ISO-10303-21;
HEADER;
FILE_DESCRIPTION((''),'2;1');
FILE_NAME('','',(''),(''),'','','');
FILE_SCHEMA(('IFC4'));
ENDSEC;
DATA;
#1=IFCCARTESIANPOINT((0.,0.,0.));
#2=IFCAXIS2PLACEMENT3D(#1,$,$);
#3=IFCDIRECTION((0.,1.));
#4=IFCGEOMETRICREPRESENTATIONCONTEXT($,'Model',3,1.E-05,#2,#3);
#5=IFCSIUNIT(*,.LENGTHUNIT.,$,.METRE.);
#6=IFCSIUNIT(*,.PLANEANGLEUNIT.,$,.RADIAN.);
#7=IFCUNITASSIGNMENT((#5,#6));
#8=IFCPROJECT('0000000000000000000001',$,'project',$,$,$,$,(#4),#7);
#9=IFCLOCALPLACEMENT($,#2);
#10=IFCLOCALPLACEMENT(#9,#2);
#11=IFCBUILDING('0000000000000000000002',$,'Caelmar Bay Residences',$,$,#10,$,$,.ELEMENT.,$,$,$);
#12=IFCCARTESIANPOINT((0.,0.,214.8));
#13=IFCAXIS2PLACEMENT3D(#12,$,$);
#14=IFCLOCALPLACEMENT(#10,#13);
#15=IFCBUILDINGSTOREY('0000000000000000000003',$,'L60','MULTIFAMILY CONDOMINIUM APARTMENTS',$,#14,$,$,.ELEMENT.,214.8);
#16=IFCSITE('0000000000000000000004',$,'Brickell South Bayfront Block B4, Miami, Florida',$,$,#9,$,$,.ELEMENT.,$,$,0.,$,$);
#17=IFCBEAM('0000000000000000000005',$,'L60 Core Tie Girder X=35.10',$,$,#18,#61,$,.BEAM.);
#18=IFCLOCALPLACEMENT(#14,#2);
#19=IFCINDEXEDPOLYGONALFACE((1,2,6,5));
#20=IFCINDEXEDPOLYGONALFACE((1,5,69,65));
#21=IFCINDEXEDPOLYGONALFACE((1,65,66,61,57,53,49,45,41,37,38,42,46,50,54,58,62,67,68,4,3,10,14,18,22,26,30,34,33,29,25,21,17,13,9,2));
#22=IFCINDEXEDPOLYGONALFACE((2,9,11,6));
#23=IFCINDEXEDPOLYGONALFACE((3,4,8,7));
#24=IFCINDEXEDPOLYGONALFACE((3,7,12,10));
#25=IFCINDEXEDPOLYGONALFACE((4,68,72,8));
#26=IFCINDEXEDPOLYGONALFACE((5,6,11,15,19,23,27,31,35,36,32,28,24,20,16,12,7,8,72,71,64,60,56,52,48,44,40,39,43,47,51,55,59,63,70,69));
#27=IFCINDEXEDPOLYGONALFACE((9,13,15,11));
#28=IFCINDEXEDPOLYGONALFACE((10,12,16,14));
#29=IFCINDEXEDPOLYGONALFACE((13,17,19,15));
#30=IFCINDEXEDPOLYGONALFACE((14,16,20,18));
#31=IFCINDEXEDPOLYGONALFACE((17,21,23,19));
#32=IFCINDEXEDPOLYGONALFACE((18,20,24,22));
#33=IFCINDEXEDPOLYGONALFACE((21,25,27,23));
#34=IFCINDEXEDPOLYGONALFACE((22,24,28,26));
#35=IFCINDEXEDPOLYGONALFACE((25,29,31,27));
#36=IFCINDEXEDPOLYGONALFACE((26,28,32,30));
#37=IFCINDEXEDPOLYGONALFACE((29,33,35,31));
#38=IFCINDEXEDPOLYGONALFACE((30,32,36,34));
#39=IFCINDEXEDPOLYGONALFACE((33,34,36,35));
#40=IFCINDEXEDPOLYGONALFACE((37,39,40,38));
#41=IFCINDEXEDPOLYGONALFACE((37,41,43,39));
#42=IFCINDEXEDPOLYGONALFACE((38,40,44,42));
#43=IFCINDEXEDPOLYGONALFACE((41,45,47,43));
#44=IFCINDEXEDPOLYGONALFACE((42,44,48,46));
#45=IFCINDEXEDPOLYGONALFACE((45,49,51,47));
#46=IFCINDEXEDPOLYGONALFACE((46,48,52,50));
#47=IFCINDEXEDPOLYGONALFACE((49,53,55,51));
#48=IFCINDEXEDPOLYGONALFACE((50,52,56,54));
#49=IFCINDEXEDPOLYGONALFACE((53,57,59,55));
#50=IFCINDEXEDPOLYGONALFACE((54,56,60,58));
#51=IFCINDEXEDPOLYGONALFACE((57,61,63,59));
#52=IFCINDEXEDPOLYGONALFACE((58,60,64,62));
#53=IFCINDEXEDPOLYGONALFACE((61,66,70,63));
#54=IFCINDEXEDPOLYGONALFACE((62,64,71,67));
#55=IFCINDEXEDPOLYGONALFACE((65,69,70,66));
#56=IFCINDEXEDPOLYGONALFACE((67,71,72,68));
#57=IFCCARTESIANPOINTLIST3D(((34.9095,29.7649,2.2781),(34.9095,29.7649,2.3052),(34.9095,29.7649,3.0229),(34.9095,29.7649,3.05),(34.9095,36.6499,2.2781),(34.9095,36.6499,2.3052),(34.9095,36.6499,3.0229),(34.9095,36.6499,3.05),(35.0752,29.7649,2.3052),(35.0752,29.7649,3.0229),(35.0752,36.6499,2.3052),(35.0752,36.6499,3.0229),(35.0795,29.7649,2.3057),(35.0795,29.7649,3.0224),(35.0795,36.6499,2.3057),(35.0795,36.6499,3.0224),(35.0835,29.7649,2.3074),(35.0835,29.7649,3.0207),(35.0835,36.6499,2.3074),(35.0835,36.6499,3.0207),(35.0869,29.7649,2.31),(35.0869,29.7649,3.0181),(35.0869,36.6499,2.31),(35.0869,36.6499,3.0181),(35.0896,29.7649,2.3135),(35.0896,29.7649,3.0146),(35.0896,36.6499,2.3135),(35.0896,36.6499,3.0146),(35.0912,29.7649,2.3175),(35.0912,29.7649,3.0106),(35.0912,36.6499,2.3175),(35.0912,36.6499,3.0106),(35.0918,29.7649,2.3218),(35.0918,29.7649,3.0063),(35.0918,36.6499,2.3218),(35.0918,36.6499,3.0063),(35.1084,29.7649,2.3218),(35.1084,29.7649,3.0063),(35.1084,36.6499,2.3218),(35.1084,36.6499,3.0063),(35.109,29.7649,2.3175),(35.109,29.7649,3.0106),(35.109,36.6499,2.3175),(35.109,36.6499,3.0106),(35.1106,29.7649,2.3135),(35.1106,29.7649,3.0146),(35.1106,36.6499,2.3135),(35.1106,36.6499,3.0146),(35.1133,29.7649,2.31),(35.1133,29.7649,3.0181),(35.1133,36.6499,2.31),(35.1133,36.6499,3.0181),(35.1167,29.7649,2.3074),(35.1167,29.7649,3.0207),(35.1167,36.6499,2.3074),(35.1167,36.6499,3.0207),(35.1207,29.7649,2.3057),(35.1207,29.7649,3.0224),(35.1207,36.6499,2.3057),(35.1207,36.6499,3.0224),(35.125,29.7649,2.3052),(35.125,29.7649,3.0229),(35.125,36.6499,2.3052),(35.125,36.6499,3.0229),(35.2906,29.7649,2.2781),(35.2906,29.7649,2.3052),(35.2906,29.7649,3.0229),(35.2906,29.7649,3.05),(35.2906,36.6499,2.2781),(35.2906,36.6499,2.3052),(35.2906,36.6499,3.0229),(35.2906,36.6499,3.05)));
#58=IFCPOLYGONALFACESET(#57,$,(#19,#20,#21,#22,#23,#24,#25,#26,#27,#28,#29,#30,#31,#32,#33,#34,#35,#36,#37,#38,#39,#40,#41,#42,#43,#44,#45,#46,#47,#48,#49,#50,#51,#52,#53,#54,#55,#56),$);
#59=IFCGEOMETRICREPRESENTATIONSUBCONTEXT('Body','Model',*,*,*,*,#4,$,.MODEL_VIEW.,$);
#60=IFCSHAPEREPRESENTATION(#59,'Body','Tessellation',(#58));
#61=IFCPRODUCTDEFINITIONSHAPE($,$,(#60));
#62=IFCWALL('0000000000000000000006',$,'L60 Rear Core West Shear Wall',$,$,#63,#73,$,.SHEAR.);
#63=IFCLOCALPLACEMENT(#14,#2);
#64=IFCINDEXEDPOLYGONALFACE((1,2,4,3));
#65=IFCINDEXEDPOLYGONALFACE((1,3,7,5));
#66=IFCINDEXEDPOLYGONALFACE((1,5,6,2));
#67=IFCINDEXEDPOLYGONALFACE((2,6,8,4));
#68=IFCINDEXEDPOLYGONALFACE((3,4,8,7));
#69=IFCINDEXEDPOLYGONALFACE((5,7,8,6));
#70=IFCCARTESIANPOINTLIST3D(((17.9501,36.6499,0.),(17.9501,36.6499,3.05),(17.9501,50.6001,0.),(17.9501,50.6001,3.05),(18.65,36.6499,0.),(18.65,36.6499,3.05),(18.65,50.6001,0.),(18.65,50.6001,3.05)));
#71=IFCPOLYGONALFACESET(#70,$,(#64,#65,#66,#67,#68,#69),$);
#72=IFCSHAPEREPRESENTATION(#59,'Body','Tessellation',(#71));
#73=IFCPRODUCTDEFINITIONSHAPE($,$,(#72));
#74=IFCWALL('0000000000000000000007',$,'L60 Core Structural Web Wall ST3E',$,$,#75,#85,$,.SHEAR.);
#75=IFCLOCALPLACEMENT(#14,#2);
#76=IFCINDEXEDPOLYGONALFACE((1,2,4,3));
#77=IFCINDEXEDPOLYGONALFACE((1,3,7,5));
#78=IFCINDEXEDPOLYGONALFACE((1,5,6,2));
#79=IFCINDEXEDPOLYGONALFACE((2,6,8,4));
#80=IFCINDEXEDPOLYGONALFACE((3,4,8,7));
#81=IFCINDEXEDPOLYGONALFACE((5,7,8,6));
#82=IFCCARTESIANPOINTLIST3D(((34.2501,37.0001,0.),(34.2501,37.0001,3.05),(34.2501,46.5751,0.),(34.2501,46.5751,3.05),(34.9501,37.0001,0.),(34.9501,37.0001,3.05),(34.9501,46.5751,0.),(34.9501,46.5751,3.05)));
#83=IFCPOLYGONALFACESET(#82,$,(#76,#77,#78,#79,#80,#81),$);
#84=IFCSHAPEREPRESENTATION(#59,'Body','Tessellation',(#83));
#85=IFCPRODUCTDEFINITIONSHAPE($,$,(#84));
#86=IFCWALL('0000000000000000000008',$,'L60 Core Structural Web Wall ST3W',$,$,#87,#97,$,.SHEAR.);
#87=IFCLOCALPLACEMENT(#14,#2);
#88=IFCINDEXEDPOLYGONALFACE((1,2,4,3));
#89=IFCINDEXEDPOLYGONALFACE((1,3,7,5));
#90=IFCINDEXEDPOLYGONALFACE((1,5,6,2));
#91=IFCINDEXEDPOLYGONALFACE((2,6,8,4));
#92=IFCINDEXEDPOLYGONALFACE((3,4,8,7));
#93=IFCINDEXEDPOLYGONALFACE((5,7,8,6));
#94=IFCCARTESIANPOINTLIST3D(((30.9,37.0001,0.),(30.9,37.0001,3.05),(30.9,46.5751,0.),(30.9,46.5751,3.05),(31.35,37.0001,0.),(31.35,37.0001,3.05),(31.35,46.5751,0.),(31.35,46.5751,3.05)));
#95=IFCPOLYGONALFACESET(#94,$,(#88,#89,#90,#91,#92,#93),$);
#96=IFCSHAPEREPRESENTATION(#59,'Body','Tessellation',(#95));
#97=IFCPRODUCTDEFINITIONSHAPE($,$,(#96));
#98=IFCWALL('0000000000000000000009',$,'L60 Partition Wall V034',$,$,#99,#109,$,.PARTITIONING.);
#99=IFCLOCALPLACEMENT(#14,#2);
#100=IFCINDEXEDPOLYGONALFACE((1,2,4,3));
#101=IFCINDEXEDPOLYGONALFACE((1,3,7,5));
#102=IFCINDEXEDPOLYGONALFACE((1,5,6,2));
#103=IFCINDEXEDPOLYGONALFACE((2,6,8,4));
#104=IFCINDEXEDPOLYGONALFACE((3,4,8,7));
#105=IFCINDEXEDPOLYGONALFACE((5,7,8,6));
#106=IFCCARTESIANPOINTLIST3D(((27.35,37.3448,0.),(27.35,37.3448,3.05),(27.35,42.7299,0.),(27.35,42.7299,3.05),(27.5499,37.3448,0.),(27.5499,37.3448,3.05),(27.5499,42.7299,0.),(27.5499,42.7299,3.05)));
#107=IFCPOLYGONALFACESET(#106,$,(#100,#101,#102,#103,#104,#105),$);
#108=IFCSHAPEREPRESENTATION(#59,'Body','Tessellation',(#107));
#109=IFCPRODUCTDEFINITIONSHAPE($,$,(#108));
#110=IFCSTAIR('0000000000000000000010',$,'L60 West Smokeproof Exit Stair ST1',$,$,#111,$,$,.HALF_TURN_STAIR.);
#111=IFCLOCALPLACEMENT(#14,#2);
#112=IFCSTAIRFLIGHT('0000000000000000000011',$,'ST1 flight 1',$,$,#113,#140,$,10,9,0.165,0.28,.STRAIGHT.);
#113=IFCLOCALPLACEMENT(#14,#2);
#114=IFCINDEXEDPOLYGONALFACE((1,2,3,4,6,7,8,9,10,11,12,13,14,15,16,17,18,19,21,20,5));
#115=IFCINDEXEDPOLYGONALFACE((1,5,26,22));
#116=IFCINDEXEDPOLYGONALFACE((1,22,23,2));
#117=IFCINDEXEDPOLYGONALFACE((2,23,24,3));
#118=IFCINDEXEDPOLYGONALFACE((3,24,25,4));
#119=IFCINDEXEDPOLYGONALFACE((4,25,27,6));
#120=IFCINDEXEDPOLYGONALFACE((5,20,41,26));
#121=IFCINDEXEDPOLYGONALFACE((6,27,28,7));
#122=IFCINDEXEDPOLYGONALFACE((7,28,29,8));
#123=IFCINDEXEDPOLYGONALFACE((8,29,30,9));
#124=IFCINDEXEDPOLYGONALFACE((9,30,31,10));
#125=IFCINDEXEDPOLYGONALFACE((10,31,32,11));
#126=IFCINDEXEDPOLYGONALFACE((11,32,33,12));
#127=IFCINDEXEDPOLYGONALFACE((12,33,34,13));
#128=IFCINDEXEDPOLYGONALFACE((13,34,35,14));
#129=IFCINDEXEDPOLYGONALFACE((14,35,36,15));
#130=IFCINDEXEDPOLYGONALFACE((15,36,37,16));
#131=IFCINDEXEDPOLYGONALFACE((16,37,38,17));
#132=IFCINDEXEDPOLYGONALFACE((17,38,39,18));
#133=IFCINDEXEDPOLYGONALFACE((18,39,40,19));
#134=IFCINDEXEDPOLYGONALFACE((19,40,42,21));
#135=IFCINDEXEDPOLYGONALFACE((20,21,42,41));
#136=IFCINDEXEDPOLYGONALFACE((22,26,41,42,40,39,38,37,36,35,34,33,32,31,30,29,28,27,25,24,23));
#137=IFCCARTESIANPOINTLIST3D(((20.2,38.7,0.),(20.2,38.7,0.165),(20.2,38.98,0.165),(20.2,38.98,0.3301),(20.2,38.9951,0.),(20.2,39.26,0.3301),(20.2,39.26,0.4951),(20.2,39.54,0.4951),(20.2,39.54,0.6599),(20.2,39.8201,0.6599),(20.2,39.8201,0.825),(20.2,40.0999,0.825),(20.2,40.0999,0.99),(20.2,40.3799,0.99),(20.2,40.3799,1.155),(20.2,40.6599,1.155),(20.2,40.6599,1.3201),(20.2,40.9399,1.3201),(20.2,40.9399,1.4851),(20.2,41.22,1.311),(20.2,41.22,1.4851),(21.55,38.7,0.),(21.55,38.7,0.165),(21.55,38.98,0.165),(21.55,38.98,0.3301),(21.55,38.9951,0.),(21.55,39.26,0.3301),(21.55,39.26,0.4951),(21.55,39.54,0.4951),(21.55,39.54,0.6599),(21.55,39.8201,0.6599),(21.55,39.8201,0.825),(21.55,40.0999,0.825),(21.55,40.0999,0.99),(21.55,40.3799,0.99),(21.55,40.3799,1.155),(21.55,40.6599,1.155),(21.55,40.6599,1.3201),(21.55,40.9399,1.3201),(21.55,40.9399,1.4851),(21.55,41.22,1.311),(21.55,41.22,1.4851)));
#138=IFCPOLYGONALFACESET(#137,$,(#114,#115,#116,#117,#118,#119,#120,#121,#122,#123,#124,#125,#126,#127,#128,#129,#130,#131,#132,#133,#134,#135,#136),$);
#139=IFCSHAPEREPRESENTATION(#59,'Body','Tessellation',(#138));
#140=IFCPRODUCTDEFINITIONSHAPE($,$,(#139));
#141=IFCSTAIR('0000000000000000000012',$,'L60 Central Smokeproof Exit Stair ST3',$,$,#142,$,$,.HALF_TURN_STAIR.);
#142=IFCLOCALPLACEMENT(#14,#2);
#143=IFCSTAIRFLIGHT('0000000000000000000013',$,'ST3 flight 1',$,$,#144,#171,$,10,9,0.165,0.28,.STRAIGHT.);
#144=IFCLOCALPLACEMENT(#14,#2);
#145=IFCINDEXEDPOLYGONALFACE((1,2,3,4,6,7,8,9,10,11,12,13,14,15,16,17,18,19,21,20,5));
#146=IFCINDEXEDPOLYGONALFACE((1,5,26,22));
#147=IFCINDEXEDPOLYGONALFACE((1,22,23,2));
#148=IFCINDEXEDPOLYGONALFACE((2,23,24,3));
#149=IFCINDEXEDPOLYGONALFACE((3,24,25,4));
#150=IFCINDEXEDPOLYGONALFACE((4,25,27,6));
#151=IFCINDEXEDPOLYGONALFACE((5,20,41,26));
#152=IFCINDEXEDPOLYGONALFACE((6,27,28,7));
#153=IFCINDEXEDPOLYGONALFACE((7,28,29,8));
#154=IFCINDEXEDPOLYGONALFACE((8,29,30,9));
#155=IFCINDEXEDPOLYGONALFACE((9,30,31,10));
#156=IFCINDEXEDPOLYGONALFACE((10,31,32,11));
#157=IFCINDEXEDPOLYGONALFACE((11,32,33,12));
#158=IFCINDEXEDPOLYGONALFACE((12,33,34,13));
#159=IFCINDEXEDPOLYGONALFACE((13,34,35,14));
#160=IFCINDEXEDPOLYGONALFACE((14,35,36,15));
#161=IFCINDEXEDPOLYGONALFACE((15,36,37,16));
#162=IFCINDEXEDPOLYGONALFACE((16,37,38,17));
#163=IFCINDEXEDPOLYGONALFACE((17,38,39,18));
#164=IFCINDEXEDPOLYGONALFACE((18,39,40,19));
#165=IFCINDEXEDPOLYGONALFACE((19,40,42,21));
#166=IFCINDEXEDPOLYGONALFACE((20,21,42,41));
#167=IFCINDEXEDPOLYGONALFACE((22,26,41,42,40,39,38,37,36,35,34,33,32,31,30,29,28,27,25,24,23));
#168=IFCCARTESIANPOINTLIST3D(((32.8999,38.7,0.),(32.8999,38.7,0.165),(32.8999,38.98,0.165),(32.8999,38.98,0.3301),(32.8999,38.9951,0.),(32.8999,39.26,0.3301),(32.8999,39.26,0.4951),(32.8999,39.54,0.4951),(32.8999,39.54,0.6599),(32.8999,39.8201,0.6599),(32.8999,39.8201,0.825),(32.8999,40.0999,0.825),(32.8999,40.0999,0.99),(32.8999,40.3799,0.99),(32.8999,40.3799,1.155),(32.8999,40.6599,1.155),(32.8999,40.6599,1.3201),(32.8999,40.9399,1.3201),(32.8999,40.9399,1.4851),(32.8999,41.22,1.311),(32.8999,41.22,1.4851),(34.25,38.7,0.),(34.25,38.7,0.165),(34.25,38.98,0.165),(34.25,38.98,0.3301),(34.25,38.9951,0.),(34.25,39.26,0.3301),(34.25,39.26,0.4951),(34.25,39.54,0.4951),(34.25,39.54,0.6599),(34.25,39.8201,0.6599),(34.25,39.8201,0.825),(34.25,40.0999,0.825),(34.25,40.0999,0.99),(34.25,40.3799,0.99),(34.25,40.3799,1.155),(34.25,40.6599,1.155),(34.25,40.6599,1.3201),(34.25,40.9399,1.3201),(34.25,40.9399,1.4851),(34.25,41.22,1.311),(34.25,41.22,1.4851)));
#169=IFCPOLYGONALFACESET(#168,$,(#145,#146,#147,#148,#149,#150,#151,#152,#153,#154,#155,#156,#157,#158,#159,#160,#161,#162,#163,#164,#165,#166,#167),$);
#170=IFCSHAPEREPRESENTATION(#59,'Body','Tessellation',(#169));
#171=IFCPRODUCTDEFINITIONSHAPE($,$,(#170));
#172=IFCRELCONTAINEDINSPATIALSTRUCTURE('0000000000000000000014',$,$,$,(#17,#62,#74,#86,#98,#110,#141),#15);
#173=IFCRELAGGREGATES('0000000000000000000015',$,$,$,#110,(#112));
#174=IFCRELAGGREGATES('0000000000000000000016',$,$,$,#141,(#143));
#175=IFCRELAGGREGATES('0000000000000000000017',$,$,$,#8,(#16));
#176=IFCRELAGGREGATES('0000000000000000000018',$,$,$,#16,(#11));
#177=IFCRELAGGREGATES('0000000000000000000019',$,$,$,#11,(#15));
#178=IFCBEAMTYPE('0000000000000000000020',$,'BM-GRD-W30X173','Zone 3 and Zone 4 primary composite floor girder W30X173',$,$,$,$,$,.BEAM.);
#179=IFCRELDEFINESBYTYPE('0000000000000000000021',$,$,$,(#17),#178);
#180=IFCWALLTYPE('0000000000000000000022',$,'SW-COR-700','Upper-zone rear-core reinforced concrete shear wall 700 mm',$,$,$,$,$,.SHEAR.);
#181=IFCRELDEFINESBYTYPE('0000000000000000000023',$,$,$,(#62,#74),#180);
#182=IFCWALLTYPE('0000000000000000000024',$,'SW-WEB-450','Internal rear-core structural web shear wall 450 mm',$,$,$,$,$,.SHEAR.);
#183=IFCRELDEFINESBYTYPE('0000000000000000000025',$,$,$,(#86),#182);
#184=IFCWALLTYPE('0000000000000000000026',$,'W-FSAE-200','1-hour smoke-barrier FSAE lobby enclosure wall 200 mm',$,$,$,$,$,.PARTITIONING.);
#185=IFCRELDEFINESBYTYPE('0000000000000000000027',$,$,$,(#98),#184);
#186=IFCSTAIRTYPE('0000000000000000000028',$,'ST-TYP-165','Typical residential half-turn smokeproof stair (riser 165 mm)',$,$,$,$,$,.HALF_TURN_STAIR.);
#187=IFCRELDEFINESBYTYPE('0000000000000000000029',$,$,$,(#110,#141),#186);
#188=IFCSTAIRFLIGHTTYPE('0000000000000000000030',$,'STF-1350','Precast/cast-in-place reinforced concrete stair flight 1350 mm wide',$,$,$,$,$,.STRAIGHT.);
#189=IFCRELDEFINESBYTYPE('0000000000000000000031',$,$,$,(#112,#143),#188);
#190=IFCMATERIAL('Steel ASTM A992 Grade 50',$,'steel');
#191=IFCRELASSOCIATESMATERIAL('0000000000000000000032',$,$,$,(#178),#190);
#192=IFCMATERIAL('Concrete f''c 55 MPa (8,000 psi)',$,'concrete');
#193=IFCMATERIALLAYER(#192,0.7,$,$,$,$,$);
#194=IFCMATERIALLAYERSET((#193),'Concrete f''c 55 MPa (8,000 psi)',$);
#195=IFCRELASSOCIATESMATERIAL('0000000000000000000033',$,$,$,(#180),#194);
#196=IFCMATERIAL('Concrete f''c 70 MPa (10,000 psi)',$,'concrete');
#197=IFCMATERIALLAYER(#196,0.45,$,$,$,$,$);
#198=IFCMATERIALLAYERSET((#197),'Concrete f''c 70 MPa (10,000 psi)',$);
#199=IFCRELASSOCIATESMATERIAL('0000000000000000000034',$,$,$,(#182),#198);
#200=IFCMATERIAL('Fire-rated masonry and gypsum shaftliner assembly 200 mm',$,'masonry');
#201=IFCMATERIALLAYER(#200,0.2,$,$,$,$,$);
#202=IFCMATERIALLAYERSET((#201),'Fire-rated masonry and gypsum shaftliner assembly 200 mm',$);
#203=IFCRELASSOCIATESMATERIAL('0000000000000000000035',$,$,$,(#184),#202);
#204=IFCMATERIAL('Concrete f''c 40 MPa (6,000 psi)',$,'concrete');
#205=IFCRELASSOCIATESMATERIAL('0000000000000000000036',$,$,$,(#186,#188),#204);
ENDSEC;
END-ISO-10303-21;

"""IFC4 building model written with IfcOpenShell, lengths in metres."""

from ifc_helpers import new_model, si_unit, direction, frame, frame_2d, origin, origin_2d, place, context, subcontext, project, spatial, polyline, rectangle, i_section, outline, extrude, material, layer, layer_set, material_profile, profile_set, type_object, element, aggregate, save


model = new_model("IFC4")

# Units and contexts
model_context = context("Model", 3, precision=1e-05, world=origin(), true_north=direction((0.0, 1.0)))
body_context = subcontext(model_context, "Body", "Model", "MODEL_VIEW")
ifc_project = project(units=[si_unit("LENGTHUNIT", "METRE"), si_unit("PLANEANGLEUNIT", "RADIAN")], contexts=[model_context])

# Site, building, storey
site_placement = place(None, origin())
site = spatial("IfcSite", under=ifc_project, at=site_placement, Name="Brickell South Bayfront Block B4, Miami, Florida", CompositionType="ELEMENT", RefElevation=0.0)
building_placement = place(site_placement, origin())
building = spatial("IfcBuilding", under=site, at=building_placement, Name="Caelmar Bay Residences", CompositionType="ELEMENT")
storey_placement = place(building_placement, frame((0.0, 0.0, 214.8)))
storey = spatial("IfcBuildingStorey", under=building, at=storey_placement, Name="L60", Description="MULTIFAMILY CONDOMINIUM APARTMENTS", CompositionType="ELEMENT", Elevation=214.8)

# Beam
ifc_material_1 = material(Name="Steel ASTM A992 Grade 50", Category="steel")
ifc_material_profile = material_profile(ifc_material_1, i_section(OverallWidth=0.3811, OverallDepth=0.772, WebThickness=0.0166, FlangeThickness=0.0271, FilletRadius=0.0166, at=origin_2d()), Name="W30X173")
ifc_profile_set = profile_set([ifc_material_profile], Name="Steel ASTM A992 Grade 50")
beam_type = type_object("IfcBeamType", Name="BM-GRD-W30X173", Description="Zone 3 and Zone 4 primary composite floor girder W30X173", PredefinedType="BEAM", material=ifc_profile_set)
beam_placement = place(storey_placement, frame((35.1001, 29.7649, 2.6641), z_axis=(0.0, 1.0, 0.0), x_axis=(-1.0, 0.0, 0.0)))
element("IfcBeam", 1, at=beam_placement, inside=storey, type_object=beam_type, Name="L60 Core Tie Girder X=35.10", PredefinedType="BEAM", context=body_context, shape_type="SweptSolid", body=[
    extrude(i_section(OverallWidth=0.3811, OverallDepth=0.772, WebThickness=0.0166, FlangeThickness=0.0271, FilletRadius=0.0166, at=origin_2d()), origin(), (0.0, 0.0, 1.0), 6.885),
])

# Wall
ifc_material_2 = material(Name="Concrete f'c 55 MPa (8,000 psi)", Category="concrete")
ifc_layer_1 = layer(ifc_material_2, 0.7)
ifc_layer_set_1 = layer_set([ifc_layer_1], Name="Concrete f'c 55 MPa (8,000 psi)")
wall_type_1 = type_object("IfcWallType", Name="SW-COR-700", Description="Upper-zone rear-core reinforced concrete shear wall 700 mm", PredefinedType="SHEAR", material=ifc_layer_set_1)
wall_1_placement = place(storey_placement, frame((18.3, 36.6499, 0.0), z_axis=(0.0, 0.0, 1.0), x_axis=(0.0, 1.0, 0.0)))
element("IfcWall", 2, at=wall_1_placement, inside=storey, type_object=wall_type_1, Name="L60 Rear Core West Shear Wall", PredefinedType="SHEAR", context=body_context, shape_type="SweptSolid", body=[
    extrude(rectangle(XDim=13.9502, YDim=0.7, at=frame_2d((6.9751, 0.0))), origin(), (0.0, 0.0, 1.0), 3.05),
])

# Walls
wall_2_placement = place(storey_placement, frame((34.6001, 37.0, 0.0), z_axis=(0.0, 0.0, 1.0), x_axis=(0.0, 1.0, 0.0)))
element("IfcWall", 3, at=wall_2_placement, inside=storey, type_object=wall_type_1, Name="L60 Core Structural Web Wall ST3E", PredefinedType="SHEAR", context=body_context, shape_type="SweptSolid", body=[
    extrude(rectangle(XDim=9.575, YDim=0.7, at=frame_2d((4.7876, 0.0))), origin(), (0.0, 0.0, 1.0), 3.05),
])
ifc_material_3 = material(Name="Concrete f'c 70 MPa (10,000 psi)", Category="concrete")
ifc_layer_2 = layer(ifc_material_3, 0.45)
ifc_layer_set_2 = layer_set([ifc_layer_2], Name="Concrete f'c 70 MPa (10,000 psi)")
wall_type_2 = type_object("IfcWallType", Name="SW-WEB-450", Description="Internal rear-core structural web shear wall 450 mm", PredefinedType="SHEAR", material=ifc_layer_set_2)
wall_3_placement = place(storey_placement, frame((31.125, 37.0, 0.0), z_axis=(0.0, 0.0, 1.0), x_axis=(0.0, 1.0, 0.0)))
element("IfcWall", 4, at=wall_3_placement, inside=storey, type_object=wall_type_2, Name="L60 Core Structural Web Wall ST3W", PredefinedType="SHEAR", context=body_context, shape_type="SweptSolid", body=[
    extrude(rectangle(XDim=9.575, YDim=0.45, at=frame_2d((4.7876, 0.0))), origin(), (0.0, 0.0, 1.0), 3.05),
])
ifc_material_4 = material(Name="Fire-rated masonry and gypsum shaftliner assembly 200 mm", Category="masonry")
ifc_layer_3 = layer(ifc_material_4, 0.2)
ifc_layer_set_3 = layer_set([ifc_layer_3], Name="Fire-rated masonry and gypsum shaftliner assembly 200 mm")
wall_type_3 = type_object("IfcWallType", Name="W-FSAE-200", Description="1-hour smoke-barrier FSAE lobby enclosure wall 200 mm", PredefinedType="PARTITIONING", material=ifc_layer_set_3)
wall_4_placement = place(storey_placement, frame((27.45, 37.345, 0.0), z_axis=(0.0, 0.0, 1.0), x_axis=(0.0, 1.0, 0.0)))
element("IfcWall", 5, at=wall_4_placement, inside=storey, type_object=wall_type_3, Name="L60 Partition Wall V034", PredefinedType="PARTITIONING", context=body_context, shape_type="SweptSolid", body=[
    extrude(rectangle(XDim=5.385, YDim=0.2, at=frame_2d((2.6924, 0.0))), origin(), (0.0, 0.0, 1.0), 3.05),
])

# Stairs, stair flights
ifc_material_5 = material(Name="Concrete f'c 40 MPa (6,000 psi)", Category="concrete")
stair_type = type_object("IfcStairType", Name="ST-TYP-165", Description="Typical residential half-turn smokeproof stair (riser 165 mm)", PredefinedType="HALF_TURN_STAIR", material=ifc_material_5)
stair_1_placement = place(storey_placement, origin())
stair_1 = element("IfcStair", 6, at=stair_1_placement, inside=storey, type_object=stair_type, Name="L60 West Smokeproof Exit Stair ST1", PredefinedType="HALF_TURN_STAIR")
stair_flight_type = type_object("IfcStairFlightType", Name="STF-1350", Description="Precast/cast-in-place reinforced concrete stair flight 1350 mm wide", PredefinedType="STRAIGHT", material=ifc_material_5)
stair_flight_1_placement = place(storey_placement, frame((20.875, 38.7, 0.0), z_axis=(0.0, 0.0, 1.0), x_axis=(0.0, 1.0, 0.0)))
stair_flight_1 = element("IfcStairFlight", 7, at=stair_flight_1_placement, type_object=stair_flight_type, Name="ST1 flight 1", NumberOfRisers=10, NumberOfTreads=9, PredefinedType="STRAIGHT", RiserHeight=0.165, TreadLength=0.28, context=body_context, shape_type="SweptSolid", body=[
    extrude(outline(polyline([(0.0, 0.0), (0.0, 0.165), (0.28, 0.165), (0.28, 0.3301), (0.5601, 0.3301), (0.5601, 0.4951), (0.8401, 0.4951), (0.8401, 0.6599), (1.1201, 0.6599), (1.1201, 0.825), (1.3999, 0.825), (1.3999, 0.99), (1.6799, 0.99), (1.6799, 1.155), (1.96, 1.155), (1.96, 1.3201), (2.24, 1.3201), (2.24, 1.4851), (2.52, 1.4851), (2.52, 1.6499), (2.52, 1.311), (0.2952, 0.0), (0.0, 0.0)])), frame((0.0, 0.675, 0.0), z_axis=(0.0, -1.0, 0.0), x_axis=(1.0, 0.0, 0.0)), (0.0, 0.0, 1.0), 1.3501),
])
aggregate(stair_1, [stair_flight_1])
stair_2_placement = place(storey_placement, origin())
stair_2 = element("IfcStair", 8, at=stair_2_placement, inside=storey, type_object=stair_type, Name="L60 Central Smokeproof Exit Stair ST3", PredefinedType="HALF_TURN_STAIR")
stair_flight_2_placement = place(storey_placement, frame((33.575, 38.7, 0.0), z_axis=(0.0, 0.0, 1.0), x_axis=(0.0, 1.0, 0.0)))
stair_flight_2 = element("IfcStairFlight", 9, at=stair_flight_2_placement, type_object=stair_flight_type, Name="ST3 flight 1", NumberOfRisers=10, NumberOfTreads=9, PredefinedType="STRAIGHT", RiserHeight=0.165, TreadLength=0.28, context=body_context, shape_type="SweptSolid", body=[
    extrude(outline(polyline([(0.0, 0.0), (0.0, 0.165), (0.28, 0.165), (0.28, 0.3301), (0.5601, 0.3301), (0.5601, 0.4951), (0.8401, 0.4951), (0.8401, 0.6599), (1.1201, 0.6599), (1.1201, 0.825), (1.3999, 0.825), (1.3999, 0.99), (1.6799, 0.99), (1.6799, 1.155), (1.96, 1.155), (1.96, 1.3201), (2.24, 1.3201), (2.24, 1.4851), (2.52, 1.4851), (2.52, 1.6499), (2.52, 1.311), (0.2952, 0.0), (0.0, 0.0)])), frame((0.0, 0.675, 0.0), z_axis=(0.0, -1.0, 0.0), x_axis=(1.0, 0.0, 0.0)), (0.0, 0.0, 1.0), 1.3501),
])
aggregate(stair_2, [stair_flight_2])

save(model, "model.ifc")
